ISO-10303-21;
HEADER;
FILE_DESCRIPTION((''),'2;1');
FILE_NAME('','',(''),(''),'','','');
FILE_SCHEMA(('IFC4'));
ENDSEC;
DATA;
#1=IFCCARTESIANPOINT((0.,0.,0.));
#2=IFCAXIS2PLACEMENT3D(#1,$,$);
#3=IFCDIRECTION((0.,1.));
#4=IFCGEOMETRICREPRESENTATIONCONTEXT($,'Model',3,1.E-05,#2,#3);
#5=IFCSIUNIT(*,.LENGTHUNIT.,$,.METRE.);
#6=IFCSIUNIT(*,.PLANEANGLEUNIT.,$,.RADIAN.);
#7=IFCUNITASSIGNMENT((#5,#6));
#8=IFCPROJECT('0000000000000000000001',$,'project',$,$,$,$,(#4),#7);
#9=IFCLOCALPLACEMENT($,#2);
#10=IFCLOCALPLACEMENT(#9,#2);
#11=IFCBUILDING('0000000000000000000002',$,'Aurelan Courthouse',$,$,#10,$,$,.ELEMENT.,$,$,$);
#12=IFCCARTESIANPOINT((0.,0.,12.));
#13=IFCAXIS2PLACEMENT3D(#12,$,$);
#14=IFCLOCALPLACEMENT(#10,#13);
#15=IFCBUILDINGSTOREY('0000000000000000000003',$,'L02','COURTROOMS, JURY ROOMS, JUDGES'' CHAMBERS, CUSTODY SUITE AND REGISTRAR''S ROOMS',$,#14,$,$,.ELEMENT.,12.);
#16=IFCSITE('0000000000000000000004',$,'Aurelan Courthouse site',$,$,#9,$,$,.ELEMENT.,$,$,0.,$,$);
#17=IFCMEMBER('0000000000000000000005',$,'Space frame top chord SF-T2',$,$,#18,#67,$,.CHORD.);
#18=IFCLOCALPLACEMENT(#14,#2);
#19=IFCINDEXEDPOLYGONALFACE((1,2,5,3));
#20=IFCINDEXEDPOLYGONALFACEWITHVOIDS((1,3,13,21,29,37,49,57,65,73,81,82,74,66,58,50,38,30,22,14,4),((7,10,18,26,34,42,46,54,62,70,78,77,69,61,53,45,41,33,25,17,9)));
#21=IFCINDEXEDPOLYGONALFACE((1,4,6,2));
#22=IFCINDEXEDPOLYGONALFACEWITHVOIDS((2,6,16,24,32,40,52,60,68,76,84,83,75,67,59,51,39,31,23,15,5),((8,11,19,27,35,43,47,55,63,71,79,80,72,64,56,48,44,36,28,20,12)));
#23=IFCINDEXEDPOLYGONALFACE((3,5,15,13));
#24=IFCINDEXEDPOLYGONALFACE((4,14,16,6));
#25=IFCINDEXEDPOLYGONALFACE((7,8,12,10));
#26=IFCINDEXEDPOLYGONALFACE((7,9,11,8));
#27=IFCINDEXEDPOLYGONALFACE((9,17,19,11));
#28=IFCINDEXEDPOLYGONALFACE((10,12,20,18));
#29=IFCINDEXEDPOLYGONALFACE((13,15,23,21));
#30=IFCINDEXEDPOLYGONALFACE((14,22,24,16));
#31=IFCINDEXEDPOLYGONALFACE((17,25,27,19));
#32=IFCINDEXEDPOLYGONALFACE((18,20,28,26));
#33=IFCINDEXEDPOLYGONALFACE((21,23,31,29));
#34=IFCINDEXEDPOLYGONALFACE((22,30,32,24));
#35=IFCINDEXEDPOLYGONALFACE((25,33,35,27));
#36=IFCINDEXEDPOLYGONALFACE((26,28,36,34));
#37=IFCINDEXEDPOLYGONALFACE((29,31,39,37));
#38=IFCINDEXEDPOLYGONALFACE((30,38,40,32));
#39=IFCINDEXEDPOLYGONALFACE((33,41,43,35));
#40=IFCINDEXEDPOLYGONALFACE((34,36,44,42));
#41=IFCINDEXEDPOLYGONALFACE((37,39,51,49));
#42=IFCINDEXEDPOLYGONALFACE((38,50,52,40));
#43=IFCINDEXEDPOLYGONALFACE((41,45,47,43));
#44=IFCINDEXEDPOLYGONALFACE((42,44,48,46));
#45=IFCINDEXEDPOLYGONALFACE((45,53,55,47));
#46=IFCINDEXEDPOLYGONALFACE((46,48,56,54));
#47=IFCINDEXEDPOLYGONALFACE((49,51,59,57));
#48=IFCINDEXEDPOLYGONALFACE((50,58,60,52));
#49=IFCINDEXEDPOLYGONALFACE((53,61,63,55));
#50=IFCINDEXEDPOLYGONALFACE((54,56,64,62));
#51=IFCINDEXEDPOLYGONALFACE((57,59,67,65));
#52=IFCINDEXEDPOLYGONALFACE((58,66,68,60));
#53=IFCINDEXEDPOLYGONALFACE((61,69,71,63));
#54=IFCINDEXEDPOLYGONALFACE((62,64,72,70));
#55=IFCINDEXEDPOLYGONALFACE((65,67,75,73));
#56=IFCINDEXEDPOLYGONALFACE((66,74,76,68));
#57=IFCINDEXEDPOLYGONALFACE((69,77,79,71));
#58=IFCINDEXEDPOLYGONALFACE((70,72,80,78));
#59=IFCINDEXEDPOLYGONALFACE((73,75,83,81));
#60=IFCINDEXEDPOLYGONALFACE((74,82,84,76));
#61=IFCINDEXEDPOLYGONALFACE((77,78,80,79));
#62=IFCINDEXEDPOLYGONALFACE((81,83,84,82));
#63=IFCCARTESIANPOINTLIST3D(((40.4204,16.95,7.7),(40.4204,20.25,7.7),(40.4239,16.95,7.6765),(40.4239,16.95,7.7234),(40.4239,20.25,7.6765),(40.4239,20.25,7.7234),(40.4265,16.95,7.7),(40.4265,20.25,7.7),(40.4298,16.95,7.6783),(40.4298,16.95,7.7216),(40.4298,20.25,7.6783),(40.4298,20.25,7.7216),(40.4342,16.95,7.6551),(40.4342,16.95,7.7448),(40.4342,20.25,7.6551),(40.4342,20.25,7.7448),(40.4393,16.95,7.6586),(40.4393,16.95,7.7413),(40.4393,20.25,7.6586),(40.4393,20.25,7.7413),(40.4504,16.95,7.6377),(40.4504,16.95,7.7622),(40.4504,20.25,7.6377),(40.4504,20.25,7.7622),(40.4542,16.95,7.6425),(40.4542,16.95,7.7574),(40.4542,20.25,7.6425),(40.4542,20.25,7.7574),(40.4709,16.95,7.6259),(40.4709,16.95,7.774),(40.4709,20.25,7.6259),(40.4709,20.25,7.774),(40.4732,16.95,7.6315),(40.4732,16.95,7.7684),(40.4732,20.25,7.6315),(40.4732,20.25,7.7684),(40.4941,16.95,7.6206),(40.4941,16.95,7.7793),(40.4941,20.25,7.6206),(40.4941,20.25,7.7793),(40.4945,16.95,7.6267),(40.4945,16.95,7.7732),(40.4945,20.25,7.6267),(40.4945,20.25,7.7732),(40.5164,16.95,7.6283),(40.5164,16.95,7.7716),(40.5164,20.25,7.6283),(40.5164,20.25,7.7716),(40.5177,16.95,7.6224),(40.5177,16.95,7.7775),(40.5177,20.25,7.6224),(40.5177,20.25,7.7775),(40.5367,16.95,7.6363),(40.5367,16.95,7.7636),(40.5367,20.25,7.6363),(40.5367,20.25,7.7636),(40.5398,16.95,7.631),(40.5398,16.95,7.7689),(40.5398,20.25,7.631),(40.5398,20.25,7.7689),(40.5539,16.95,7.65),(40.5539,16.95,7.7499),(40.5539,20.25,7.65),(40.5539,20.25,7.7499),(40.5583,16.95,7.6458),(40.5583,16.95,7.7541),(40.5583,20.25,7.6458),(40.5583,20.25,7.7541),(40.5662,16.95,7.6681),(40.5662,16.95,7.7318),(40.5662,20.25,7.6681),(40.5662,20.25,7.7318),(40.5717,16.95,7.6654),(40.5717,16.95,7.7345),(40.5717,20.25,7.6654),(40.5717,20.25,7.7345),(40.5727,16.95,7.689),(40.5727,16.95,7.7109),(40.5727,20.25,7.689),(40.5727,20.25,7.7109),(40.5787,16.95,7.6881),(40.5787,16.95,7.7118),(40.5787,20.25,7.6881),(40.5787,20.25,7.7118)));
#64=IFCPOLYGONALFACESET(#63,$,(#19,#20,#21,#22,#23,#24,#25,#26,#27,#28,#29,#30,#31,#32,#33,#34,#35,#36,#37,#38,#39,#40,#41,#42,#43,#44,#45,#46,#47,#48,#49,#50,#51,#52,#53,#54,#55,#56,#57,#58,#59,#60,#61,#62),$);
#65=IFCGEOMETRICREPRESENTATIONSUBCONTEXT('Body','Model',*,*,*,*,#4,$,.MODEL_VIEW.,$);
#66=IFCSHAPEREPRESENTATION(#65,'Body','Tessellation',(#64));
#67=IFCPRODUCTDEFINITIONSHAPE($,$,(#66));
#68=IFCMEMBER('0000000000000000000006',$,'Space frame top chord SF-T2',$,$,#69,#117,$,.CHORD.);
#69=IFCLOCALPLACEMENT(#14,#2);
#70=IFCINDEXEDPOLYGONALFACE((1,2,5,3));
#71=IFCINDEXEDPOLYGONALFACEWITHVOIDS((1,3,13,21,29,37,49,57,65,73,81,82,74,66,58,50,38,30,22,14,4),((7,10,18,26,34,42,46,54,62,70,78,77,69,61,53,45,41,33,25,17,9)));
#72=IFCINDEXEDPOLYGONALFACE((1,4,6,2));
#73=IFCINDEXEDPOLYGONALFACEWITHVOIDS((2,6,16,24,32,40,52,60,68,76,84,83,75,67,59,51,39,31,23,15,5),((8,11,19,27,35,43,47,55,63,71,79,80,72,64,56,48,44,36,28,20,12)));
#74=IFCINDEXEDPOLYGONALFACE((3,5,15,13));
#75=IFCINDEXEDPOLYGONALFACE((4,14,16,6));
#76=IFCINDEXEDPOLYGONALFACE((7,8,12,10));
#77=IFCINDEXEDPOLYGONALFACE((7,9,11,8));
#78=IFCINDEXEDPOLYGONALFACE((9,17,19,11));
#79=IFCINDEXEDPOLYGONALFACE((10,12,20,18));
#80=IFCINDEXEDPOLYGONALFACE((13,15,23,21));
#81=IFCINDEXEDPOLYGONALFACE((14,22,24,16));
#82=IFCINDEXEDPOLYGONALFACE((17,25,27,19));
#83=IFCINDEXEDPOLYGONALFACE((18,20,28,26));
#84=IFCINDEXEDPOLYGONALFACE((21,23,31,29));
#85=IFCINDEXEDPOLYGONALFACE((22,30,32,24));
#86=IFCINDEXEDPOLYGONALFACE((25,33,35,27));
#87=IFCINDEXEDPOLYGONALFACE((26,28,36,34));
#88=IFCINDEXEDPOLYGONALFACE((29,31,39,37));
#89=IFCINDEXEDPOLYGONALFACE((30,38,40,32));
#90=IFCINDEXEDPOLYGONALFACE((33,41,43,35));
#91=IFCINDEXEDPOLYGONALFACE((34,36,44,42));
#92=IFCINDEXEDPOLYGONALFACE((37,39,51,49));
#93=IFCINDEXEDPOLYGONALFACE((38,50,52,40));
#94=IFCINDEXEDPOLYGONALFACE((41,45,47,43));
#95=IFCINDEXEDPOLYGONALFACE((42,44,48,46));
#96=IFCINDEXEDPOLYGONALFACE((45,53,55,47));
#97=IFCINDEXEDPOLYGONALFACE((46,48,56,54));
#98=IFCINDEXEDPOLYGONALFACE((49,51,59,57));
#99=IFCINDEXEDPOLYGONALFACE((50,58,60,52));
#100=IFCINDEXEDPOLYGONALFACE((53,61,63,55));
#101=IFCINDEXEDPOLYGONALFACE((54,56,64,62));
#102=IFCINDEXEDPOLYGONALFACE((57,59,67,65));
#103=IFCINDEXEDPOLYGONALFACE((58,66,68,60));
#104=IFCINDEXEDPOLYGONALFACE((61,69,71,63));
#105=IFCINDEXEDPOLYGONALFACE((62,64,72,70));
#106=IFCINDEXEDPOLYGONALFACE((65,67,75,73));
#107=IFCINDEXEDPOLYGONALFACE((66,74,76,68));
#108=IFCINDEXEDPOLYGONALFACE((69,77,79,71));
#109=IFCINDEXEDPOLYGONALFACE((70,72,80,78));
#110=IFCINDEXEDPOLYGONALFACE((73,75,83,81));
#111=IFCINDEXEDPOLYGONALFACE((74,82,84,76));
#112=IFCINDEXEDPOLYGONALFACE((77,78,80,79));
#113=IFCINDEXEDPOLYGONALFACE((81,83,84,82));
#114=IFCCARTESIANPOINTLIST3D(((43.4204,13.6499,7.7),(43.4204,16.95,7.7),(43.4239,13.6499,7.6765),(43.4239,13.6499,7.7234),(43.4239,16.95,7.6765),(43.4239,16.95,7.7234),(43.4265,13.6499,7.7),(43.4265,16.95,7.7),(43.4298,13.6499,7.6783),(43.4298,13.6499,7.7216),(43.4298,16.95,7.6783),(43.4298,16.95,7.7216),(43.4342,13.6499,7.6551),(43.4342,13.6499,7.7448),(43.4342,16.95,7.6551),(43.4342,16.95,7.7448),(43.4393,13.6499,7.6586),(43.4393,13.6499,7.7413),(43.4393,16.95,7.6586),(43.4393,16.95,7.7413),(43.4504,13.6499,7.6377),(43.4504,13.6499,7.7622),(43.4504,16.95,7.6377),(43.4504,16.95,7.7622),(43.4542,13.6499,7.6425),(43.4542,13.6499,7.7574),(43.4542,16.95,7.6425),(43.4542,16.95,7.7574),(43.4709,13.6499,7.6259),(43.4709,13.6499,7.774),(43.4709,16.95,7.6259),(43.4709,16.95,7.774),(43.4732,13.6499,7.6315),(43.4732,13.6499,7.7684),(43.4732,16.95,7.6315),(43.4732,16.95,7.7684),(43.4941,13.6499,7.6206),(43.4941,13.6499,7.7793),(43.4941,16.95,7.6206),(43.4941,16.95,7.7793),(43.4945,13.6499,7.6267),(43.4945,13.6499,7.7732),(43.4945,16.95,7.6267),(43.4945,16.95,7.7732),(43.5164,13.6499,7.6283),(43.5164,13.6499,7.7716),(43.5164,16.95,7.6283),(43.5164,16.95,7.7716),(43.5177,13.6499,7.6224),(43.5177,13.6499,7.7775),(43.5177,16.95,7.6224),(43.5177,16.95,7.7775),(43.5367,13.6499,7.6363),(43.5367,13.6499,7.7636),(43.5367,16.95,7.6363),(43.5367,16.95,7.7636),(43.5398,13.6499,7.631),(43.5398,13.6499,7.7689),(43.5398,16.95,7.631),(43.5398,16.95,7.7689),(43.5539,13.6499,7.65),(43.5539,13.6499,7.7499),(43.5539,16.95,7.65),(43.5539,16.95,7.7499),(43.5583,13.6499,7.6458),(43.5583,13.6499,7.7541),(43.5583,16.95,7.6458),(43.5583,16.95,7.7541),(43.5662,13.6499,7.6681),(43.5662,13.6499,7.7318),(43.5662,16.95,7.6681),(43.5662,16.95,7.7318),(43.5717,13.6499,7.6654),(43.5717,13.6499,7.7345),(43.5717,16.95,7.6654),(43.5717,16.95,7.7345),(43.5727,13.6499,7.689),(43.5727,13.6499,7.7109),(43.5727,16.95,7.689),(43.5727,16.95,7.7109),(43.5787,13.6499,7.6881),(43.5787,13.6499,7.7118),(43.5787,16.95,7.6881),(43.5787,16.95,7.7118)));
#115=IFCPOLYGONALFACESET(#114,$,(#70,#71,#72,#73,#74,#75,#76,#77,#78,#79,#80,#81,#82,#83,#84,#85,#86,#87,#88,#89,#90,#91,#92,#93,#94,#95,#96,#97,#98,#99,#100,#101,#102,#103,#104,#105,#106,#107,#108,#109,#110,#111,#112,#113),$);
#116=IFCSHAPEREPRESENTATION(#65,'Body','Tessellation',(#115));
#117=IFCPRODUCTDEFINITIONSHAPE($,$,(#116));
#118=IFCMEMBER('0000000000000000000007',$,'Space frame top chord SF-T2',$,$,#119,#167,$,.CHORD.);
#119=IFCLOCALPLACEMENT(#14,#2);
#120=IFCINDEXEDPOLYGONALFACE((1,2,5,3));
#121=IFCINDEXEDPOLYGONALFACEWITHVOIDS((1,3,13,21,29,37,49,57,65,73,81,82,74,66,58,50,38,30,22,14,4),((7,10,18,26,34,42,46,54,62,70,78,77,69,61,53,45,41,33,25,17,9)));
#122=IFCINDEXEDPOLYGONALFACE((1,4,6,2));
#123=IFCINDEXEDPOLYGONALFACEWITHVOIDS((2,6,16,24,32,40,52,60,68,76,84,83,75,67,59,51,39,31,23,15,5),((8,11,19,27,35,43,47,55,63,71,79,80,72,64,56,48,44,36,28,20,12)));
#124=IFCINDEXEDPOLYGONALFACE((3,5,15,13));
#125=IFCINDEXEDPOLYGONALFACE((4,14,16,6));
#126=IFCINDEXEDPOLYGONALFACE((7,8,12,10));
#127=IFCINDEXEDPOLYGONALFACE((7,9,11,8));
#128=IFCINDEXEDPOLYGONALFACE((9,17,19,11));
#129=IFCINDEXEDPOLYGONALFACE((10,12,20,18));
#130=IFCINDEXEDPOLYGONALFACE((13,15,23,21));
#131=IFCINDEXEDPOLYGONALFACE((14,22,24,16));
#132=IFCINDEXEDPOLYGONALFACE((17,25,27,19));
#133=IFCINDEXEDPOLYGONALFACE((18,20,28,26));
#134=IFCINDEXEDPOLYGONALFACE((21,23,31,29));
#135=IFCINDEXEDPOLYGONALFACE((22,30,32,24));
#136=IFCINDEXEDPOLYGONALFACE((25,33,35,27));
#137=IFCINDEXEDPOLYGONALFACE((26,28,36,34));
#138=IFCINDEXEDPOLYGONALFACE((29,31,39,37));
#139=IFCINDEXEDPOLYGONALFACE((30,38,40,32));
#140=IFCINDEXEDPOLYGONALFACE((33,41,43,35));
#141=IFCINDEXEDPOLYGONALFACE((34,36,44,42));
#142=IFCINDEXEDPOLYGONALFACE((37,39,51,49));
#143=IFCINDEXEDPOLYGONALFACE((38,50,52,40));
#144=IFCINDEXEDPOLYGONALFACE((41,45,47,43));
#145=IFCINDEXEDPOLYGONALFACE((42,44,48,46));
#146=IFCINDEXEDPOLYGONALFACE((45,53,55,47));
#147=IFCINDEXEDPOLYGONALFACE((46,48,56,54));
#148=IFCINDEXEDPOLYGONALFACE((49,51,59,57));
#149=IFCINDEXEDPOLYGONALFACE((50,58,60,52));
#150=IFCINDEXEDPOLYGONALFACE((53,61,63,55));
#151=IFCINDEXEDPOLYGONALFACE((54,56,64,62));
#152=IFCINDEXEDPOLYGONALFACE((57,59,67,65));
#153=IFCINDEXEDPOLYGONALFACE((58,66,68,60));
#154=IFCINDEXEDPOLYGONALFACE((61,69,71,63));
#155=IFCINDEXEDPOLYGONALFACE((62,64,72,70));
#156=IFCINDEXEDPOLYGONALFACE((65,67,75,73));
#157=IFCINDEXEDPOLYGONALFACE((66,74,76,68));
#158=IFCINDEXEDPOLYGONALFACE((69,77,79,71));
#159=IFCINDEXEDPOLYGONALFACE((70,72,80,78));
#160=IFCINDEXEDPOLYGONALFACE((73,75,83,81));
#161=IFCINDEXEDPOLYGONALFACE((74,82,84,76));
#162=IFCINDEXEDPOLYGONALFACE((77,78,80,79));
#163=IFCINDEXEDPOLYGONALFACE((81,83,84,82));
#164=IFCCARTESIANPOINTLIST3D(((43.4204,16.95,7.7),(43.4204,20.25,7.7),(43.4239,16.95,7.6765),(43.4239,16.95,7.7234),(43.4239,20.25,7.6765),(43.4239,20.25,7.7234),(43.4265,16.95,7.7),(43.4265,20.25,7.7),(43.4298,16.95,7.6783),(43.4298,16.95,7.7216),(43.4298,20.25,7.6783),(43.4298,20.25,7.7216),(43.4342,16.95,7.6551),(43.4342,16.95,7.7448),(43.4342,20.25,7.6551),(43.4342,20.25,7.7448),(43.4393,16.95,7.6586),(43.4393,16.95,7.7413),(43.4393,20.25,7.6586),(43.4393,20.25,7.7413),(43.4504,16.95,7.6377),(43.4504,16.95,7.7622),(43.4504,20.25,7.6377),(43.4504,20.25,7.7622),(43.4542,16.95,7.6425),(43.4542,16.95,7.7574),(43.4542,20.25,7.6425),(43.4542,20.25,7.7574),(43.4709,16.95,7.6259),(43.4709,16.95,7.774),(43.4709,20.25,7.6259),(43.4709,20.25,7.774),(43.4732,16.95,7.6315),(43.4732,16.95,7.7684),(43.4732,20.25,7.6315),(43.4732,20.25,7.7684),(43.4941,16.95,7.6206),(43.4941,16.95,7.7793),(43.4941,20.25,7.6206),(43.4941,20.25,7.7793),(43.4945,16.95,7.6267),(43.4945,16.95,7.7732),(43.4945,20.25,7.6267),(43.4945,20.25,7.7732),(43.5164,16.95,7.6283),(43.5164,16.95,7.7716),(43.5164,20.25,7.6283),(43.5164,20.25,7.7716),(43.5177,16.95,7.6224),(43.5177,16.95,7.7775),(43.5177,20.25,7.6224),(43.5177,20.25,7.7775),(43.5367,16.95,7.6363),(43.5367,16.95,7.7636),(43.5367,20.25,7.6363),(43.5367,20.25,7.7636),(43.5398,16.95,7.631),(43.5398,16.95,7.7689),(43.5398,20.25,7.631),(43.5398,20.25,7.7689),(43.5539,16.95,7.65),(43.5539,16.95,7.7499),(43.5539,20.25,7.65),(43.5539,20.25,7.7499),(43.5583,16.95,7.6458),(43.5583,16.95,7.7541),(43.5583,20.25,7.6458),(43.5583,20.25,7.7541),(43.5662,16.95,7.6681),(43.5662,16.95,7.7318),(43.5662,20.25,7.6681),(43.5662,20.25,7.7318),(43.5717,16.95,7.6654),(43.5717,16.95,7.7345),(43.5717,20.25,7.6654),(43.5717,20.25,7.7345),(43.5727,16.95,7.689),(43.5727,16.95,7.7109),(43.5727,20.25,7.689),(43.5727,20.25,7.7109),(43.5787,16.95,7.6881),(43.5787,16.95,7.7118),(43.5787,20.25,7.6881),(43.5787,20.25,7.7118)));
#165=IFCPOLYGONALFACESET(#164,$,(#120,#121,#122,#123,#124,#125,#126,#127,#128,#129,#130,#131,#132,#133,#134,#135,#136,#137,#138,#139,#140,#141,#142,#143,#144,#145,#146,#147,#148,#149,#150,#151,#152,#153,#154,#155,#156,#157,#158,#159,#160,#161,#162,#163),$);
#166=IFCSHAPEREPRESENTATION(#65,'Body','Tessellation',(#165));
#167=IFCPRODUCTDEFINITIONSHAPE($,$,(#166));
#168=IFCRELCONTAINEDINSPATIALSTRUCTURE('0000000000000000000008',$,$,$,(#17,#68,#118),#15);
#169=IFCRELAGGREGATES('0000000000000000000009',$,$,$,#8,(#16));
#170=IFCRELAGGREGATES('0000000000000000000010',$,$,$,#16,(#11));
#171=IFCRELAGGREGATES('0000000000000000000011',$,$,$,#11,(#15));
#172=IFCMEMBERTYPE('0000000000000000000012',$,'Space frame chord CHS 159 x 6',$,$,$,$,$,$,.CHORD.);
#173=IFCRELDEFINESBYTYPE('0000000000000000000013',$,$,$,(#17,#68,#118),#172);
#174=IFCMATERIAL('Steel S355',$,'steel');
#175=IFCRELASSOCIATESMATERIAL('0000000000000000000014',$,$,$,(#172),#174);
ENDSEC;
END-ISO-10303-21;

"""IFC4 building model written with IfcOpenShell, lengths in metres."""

from ifc_helpers import new_model, si_unit, direction, frame, origin, origin_2d, place, context, subcontext, project, spatial, hollow_circle, extrude, material, material_profile, profile_set, type_object, element, save


model = new_model("IFC4")

# Units and contexts
model_context = context("Model", 3, precision=1e-05, world=origin(), true_north=direction((0.0, 1.0)))
body_context = subcontext(model_context, "Body", "Model", "MODEL_VIEW")
ifc_project = project(units=[si_unit("LENGTHUNIT", "METRE"), si_unit("PLANEANGLEUNIT", "RADIAN")], contexts=[model_context])

# Site, building, storey
site_placement = place(None, origin())
site = spatial("IfcSite", under=ifc_project, at=site_placement, Name="Aurelan Courthouse site", CompositionType="ELEMENT", RefElevation=0.0)
building_placement = place(site_placement, origin())
building = spatial("IfcBuilding", under=site, at=building_placement, Name="Aurelan Courthouse", CompositionType="ELEMENT")
storey_placement = place(building_placement, frame((0.0, 0.0, 12.0)))
storey = spatial("IfcBuildingStorey", under=building, at=storey_placement, Name="L02", Description="COURTROOMS, JURY ROOMS, JUDGES' CHAMBERS, CUSTODY SUITE AND REGISTRAR'S ROOMS", CompositionType="ELEMENT", Elevation=12.0)

# Members
ifc_material_1 = material(Name="Steel S355", Category="steel")
ifc_material_profile_1 = material_profile(ifc_material_1, hollow_circle(Radius=0.0796, WallThickness=0.0061, at=origin_2d()), Name="CHS 159 x 6")
ifc_profile_set_1 = profile_set([ifc_material_profile_1], Name="Steel S355")
member_type_1 = type_object("IfcMemberType", Name="Space frame chord CHS 159 x 6", PredefinedType="CHORD", material=ifc_profile_set_1)
for number, where, z_axis, x_axis, name in (
    (1, (40.5, 16.95, 7.7), (0.0, 1.0, 0.0), (-1.0, 0.0, 0.0), "Space frame top chord SF-T2"),
    (2, (43.5, 13.6499, 7.7), (0.0, 1.0, 0.0), (-1.0, 0.0, 0.0), "Space frame top chord SF-T2"),
    (3, (43.5, 16.95, 7.7), (0.0, 1.0, 0.0), (-1.0, 0.0, 0.0), "Space frame top chord SF-T2"),
):
    element("IfcMember", number, at=place(storey_placement, frame(where, z_axis=z_axis, x_axis=x_axis)), inside=storey, type_object=member_type_1, Name=name, PredefinedType="CHORD", context=body_context, shape_type="SweptSolid", body=[
        extrude(hollow_circle(Radius=0.0796, WallThickness=0.0061, at=origin_2d()), origin(), (0.0, 0.0, 1.0), 3.3),
    ])

save(model, "model.ifc")
